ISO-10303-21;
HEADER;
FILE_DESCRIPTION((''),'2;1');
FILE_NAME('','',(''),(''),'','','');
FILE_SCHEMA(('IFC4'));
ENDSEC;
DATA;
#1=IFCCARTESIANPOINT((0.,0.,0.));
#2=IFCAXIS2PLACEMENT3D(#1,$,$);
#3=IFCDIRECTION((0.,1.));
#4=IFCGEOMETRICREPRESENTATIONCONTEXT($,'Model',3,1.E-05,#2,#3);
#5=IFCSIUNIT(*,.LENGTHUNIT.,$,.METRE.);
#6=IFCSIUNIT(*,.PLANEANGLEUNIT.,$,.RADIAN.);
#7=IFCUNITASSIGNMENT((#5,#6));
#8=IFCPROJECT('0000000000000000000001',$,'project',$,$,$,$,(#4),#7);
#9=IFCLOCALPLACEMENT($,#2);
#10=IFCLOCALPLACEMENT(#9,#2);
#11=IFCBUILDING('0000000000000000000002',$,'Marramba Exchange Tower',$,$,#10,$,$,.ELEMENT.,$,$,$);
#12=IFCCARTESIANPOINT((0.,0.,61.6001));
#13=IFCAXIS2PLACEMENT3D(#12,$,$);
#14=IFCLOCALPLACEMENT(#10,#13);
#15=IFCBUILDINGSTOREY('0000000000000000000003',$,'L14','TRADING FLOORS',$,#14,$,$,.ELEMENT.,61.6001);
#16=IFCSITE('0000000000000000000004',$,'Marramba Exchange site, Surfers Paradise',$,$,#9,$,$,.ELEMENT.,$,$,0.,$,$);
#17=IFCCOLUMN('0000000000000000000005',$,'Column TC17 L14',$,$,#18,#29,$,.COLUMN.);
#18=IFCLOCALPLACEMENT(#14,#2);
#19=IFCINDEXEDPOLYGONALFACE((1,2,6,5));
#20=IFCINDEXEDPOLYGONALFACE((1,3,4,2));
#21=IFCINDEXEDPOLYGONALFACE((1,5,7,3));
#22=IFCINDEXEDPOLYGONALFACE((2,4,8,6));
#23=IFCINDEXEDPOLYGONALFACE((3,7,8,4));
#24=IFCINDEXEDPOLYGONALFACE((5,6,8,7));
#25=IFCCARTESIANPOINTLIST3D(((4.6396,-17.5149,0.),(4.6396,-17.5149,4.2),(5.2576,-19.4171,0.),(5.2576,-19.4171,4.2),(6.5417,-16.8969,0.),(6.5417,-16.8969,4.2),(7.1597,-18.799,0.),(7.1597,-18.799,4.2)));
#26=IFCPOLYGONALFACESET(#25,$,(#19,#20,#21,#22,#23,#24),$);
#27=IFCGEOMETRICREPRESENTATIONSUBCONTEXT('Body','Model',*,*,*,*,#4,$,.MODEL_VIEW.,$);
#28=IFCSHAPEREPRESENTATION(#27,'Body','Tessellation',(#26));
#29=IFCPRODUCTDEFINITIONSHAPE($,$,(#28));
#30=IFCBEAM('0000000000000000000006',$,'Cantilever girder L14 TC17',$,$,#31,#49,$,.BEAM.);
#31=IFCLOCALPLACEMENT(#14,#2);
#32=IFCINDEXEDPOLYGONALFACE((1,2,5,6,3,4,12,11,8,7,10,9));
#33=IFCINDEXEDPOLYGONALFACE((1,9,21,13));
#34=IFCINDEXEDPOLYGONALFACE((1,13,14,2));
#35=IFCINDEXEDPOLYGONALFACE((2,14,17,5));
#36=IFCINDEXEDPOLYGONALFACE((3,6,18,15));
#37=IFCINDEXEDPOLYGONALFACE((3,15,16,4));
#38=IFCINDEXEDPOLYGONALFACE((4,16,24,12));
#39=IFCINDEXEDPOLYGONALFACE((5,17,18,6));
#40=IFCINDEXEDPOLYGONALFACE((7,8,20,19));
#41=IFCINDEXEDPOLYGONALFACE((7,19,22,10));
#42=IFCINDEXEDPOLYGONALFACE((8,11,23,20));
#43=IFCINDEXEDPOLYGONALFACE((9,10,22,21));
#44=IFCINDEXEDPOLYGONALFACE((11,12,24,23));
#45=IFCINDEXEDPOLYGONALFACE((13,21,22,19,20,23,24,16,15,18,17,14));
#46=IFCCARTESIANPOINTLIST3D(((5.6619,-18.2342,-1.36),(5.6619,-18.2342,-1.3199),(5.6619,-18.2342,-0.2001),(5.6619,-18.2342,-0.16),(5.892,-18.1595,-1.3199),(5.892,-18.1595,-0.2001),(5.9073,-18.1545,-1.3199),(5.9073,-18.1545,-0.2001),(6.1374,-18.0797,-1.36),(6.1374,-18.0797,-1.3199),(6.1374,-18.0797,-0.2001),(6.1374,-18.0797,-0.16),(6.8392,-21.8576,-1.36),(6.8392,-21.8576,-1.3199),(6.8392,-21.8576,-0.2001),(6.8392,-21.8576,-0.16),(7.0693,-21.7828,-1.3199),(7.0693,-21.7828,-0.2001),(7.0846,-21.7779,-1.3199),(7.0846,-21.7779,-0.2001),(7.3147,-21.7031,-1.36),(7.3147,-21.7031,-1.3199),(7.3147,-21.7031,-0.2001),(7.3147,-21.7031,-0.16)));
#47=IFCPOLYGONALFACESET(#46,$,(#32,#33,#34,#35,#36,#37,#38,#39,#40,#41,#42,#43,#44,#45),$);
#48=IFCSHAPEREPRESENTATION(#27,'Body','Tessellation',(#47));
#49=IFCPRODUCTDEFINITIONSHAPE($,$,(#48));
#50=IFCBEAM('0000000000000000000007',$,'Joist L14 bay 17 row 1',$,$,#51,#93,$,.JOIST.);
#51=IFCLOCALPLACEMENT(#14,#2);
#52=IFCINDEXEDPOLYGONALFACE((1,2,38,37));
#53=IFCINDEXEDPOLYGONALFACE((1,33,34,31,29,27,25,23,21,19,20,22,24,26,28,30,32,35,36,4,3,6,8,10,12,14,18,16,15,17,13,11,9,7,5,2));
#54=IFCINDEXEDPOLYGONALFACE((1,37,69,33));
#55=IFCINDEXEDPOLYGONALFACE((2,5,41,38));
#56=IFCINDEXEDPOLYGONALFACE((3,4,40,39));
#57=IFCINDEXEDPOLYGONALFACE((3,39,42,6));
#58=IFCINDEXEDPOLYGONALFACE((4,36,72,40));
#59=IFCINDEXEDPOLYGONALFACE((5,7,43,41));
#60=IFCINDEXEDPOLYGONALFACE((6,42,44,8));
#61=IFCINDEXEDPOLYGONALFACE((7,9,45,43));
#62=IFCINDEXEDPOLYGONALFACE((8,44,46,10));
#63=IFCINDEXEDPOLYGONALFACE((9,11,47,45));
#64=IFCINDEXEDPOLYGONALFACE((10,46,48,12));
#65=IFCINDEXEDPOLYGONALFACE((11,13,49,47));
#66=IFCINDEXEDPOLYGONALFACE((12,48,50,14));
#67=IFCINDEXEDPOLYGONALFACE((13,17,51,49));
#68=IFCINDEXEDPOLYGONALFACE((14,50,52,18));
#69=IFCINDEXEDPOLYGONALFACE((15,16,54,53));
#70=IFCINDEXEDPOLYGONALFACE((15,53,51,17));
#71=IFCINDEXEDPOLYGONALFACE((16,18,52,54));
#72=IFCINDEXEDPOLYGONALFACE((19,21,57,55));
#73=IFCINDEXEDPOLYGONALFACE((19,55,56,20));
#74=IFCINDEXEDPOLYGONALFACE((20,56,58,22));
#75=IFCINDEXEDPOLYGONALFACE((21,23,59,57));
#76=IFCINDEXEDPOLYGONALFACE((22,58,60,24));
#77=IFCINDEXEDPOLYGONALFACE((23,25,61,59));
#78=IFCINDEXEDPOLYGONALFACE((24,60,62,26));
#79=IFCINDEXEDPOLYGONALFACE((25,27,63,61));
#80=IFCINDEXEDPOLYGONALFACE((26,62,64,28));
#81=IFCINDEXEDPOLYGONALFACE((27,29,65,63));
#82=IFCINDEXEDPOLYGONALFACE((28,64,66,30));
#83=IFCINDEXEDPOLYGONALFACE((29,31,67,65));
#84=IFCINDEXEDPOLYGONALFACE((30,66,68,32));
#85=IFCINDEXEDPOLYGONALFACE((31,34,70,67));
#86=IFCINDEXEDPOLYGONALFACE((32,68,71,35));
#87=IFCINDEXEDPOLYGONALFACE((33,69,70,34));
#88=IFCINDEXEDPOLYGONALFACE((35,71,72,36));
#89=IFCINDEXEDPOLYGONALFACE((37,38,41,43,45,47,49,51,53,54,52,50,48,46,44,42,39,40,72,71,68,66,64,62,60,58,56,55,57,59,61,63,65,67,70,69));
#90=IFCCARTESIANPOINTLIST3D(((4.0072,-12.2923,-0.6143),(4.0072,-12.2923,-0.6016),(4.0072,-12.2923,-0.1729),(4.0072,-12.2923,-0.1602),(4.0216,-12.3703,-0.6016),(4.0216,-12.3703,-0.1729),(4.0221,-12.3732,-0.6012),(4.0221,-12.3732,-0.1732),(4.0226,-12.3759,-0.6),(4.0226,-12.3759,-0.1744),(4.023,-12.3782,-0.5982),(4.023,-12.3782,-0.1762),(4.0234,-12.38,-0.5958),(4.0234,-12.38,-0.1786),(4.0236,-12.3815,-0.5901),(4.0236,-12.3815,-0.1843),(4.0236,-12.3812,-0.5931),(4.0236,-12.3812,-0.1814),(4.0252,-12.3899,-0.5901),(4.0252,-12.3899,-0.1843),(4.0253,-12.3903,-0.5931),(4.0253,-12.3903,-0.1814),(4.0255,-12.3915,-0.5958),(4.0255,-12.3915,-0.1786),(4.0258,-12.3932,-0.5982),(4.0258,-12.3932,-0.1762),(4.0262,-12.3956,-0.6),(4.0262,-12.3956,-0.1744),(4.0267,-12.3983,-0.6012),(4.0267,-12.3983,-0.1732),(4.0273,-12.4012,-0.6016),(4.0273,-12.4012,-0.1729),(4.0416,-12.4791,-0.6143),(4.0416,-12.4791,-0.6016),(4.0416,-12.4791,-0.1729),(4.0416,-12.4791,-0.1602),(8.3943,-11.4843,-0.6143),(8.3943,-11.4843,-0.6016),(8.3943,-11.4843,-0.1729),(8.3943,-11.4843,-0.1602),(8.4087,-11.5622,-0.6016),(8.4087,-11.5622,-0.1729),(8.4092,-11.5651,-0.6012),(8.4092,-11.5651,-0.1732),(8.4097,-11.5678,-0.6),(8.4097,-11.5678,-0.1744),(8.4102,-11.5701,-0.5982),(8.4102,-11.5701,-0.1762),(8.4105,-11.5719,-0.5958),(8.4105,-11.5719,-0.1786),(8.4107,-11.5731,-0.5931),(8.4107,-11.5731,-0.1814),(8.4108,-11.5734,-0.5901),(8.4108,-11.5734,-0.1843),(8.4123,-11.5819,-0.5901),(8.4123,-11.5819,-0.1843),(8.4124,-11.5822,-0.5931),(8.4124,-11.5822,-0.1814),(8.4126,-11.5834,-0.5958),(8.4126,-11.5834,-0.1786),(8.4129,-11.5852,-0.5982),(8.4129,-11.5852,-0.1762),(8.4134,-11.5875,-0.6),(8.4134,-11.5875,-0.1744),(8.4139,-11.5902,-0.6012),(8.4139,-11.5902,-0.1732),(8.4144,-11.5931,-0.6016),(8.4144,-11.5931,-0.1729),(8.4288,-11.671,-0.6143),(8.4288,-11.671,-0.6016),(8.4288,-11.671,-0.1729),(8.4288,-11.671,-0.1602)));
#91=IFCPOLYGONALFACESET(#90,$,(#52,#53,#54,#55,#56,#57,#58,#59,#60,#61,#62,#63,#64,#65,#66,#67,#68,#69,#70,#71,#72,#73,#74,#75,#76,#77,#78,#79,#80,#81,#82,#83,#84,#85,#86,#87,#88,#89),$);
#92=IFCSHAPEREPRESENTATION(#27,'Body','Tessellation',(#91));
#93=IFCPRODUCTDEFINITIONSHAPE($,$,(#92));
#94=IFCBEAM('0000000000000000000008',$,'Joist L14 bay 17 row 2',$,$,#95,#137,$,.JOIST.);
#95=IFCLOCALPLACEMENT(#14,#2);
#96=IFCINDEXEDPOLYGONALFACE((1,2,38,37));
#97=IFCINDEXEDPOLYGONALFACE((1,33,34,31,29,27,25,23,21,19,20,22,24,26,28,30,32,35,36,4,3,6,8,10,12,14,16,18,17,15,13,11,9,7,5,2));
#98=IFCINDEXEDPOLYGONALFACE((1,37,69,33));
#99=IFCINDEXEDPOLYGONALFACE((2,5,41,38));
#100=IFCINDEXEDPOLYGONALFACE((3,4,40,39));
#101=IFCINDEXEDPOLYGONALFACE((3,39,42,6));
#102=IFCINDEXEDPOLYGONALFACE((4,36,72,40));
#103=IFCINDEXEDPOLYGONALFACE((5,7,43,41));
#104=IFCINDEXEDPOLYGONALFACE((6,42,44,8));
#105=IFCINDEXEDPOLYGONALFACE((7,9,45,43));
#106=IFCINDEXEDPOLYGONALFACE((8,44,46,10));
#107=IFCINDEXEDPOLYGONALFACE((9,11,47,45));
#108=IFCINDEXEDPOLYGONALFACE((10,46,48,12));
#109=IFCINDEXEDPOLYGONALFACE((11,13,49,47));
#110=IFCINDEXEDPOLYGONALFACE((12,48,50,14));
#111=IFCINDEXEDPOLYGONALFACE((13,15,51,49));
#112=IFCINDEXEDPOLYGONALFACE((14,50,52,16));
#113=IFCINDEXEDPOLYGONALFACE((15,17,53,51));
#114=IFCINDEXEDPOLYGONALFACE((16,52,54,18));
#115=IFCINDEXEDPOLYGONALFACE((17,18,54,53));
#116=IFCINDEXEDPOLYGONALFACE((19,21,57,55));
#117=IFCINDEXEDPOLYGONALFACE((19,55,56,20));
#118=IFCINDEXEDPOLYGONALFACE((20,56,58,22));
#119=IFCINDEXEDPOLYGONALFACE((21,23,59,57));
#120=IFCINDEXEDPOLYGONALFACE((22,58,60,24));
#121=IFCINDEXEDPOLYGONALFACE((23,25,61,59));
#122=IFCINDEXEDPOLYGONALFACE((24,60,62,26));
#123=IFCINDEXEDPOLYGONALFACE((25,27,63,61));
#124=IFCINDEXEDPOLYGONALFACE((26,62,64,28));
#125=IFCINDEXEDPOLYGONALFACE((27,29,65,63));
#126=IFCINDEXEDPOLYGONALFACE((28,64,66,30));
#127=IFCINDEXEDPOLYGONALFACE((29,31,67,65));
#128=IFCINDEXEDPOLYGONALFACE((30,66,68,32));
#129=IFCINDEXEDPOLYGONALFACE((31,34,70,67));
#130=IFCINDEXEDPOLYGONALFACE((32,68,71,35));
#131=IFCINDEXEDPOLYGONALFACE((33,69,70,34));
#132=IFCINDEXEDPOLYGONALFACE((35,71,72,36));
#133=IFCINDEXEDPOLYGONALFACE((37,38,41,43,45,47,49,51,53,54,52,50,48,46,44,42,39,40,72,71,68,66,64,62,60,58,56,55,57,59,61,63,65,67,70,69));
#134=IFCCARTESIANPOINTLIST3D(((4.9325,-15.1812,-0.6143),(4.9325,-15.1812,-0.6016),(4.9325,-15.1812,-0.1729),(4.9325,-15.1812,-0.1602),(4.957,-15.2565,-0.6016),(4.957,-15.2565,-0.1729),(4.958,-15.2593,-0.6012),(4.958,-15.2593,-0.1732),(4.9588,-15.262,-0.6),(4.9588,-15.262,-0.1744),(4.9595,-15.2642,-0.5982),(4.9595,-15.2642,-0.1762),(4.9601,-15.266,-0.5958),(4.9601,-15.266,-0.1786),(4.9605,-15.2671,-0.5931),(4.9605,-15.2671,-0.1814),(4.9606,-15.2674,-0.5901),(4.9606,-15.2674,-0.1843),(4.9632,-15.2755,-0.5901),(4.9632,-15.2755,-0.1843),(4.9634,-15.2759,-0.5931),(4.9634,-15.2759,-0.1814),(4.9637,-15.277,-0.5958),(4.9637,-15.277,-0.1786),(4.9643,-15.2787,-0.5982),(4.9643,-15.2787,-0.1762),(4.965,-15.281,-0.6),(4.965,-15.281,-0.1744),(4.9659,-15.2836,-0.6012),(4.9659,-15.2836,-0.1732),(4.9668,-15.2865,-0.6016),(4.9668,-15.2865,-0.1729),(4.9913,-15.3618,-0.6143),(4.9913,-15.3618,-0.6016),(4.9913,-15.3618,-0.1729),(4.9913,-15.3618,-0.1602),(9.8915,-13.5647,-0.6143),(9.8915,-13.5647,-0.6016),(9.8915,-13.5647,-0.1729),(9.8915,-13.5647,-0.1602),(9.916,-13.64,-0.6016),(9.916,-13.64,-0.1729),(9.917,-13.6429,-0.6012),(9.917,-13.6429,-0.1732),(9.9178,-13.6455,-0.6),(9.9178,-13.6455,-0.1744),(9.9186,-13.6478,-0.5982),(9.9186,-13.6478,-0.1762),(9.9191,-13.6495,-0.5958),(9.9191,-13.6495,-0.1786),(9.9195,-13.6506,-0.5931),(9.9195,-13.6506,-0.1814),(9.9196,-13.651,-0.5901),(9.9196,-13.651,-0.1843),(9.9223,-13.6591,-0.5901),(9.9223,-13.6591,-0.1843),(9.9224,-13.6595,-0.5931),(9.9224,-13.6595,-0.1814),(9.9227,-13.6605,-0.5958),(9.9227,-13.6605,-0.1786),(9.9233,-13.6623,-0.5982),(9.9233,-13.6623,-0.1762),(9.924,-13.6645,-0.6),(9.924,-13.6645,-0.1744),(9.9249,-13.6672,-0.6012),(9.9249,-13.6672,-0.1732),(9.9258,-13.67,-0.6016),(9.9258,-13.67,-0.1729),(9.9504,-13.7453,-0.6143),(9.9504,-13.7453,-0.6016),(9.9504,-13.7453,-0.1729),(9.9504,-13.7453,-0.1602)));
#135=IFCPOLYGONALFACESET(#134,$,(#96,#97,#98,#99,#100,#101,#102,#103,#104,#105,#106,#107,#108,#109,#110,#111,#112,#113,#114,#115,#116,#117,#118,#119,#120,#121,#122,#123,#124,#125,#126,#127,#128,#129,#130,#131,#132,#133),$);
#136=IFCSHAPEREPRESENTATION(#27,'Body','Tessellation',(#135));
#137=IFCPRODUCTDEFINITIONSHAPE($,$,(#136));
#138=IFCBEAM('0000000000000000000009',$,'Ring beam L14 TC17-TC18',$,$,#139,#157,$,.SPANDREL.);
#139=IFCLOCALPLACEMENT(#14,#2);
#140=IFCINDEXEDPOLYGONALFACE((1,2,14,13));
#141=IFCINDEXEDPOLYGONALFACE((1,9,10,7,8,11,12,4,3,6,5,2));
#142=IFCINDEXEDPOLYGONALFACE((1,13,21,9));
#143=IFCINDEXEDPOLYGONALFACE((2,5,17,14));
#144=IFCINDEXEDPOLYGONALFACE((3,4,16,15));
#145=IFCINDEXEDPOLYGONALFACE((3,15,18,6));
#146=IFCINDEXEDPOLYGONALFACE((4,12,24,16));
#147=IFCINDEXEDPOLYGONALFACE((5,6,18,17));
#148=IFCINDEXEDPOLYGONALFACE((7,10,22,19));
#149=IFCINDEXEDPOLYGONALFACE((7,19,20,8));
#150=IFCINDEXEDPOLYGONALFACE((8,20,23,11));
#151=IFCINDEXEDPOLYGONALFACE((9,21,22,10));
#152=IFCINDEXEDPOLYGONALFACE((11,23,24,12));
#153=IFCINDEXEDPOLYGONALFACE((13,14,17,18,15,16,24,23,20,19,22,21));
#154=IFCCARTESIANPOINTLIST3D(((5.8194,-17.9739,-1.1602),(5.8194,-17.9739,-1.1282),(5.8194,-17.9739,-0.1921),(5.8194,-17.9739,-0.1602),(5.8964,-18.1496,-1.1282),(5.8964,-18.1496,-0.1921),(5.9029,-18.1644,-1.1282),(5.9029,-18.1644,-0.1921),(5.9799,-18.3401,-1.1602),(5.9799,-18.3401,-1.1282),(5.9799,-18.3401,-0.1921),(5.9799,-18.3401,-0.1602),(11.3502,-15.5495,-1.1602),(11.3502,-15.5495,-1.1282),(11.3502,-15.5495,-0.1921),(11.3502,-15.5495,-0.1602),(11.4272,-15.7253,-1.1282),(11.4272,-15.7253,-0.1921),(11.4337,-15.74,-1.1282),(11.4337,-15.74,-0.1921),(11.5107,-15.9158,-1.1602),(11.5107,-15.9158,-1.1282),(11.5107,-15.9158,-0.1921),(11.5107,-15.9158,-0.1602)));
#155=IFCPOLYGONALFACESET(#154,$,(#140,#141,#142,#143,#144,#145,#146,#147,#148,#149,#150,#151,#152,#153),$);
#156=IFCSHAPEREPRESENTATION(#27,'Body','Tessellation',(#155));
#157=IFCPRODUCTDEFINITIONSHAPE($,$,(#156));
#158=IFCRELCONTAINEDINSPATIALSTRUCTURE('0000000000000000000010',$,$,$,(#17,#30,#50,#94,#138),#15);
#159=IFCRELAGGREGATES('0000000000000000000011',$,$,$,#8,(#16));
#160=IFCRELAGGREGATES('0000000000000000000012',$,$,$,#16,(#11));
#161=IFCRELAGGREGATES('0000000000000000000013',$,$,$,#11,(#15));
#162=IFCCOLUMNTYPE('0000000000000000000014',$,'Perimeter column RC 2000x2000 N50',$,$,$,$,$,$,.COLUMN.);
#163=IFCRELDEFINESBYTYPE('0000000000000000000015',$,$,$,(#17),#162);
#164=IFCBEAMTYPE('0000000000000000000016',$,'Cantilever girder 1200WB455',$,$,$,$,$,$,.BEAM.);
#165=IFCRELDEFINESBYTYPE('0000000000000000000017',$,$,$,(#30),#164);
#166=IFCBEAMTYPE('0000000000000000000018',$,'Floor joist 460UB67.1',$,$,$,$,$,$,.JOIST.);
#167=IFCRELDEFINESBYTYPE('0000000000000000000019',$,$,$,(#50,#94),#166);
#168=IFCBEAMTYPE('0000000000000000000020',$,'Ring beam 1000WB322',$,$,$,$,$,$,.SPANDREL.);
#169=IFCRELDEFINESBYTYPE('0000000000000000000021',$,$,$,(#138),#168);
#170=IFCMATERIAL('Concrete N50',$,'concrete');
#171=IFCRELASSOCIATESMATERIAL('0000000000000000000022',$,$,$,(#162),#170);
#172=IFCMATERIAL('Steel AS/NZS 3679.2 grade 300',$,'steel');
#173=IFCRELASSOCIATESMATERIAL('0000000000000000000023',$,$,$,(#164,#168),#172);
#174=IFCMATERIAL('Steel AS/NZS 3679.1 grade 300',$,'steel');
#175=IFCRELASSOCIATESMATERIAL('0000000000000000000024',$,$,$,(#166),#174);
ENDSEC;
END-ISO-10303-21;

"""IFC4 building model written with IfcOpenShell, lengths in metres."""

from ifc_helpers import new_model, si_unit, direction, frame, origin, origin_2d, place, context, subcontext, project, spatial, rectangle, i_section, extrude, material, material_profile, profile_set, type_object, element, save


model = new_model("IFC4")

# Units and contexts
model_context = context("Model", 3, precision=1e-05, world=origin(), true_north=direction((0.0, 1.0)))
body_context = subcontext(model_context, "Body", "Model", "MODEL_VIEW")
ifc_project = project(units=[si_unit("LENGTHUNIT", "METRE"), si_unit("PLANEANGLEUNIT", "RADIAN")], contexts=[model_context])

# Site, building, storey
site_placement = place(None, origin())
site = spatial("IfcSite", under=ifc_project, at=site_placement, Name="Marramba Exchange site, Surfers Paradise", CompositionType="ELEMENT", RefElevation=0.0)
building_placement = place(site_placement, origin())
building = spatial("IfcBuilding", under=site, at=building_placement, Name="Marramba Exchange Tower", CompositionType="ELEMENT")
storey_placement = place(building_placement, frame((0.0, 0.0, 61.6001)))
storey = spatial("IfcBuildingStorey", under=building, at=storey_placement, Name="L14", Description="TRADING FLOORS", CompositionType="ELEMENT", Elevation=61.6001)

# Column
ifc_material_1 = material(Name="Concrete N50", Category="concrete")
ifc_material_profile_1 = material_profile(ifc_material_1, rectangle(XDim=2.0, YDim=2.0, at=origin_2d()), Name="RC 2000x2000")
ifc_profile_set_1 = profile_set([ifc_material_profile_1], Name="Concrete N50")
column_type = type_object("IfcColumnType", Name="Perimeter column RC 2000x2000 N50", PredefinedType="COLUMN", material=ifc_profile_set_1)
column_placement = place(storey_placement, frame((5.8997, -18.157, 0.0), z_axis=(0.0, 0.0, 1.0), x_axis=(0.309017, -0.951057, 0.0)))
element("IfcColumn", 1, at=column_placement, inside=storey, type_object=column_type, Name="Column TC17 L14", PredefinedType="COLUMN", context=body_context, shape_type="SweptSolid", body=[
    extrude(rectangle(XDim=2.0, YDim=2.0, at=origin_2d()), origin(), (0.0, 0.0, 1.0), 4.2),
])

# Beams
ifc_material_2 = material(Name="Steel AS/NZS 3679.2 grade 300", Category="steel")
ifc_material_profile_2 = material_profile(ifc_material_2, i_section(OverallWidth=0.5, OverallDepth=1.2, WebThickness=0.0161, FlangeThickness=0.04, at=origin_2d()), Name="1200WB455")
ifc_profile_set_2 = profile_set([ifc_material_profile_2], Name="Steel AS/NZS 3679.2 grade 300")
beam_type_1 = type_object("IfcBeamType", Name="Cantilever girder 1200WB455", PredefinedType="BEAM", material=ifc_profile_set_2)
beam_1_placement = place(storey_placement, frame((5.8997, -18.157, -0.76), z_axis=(0.309009, -0.951059, 0.0), x_axis=(0.951059, 0.309009, 0.0)))
element("IfcBeam", 2, at=beam_1_placement, inside=storey, type_object=beam_type_1, Name="Cantilever girder L14 TC17", PredefinedType="BEAM", context=body_context, shape_type="SweptSolid", body=[
    extrude(i_section(OverallWidth=0.5, OverallDepth=1.2, WebThickness=0.0161, FlangeThickness=0.04, at=origin_2d()), origin(), (0.0, 0.0, 1.0), 3.8098),
])
ifc_material_3 = material(Name="Steel AS/NZS 3679.1 grade 300", Category="steel")
ifc_material_profile_3 = material_profile(ifc_material_3, i_section(OverallWidth=0.1899, OverallDepth=0.4541, WebThickness=0.0085, FlangeThickness=0.0127, FilletRadius=0.0115, at=origin_2d()), Name="460UB67.1")
ifc_profile_set_3 = profile_set([ifc_material_profile_3], Name="Steel AS/NZS 3679.1 grade 300")
beam_type_2 = type_object("IfcBeamType", Name="Floor joist 460UB67.1", PredefinedType="JOIST", material=ifc_profile_set_3)
beam_2_placement = place(storey_placement, frame((4.0244, -12.3857, -0.3872), z_axis=(0.983456, 0.181149, 0.0), x_axis=(-0.181149, 0.983456, 0.0)))
element("IfcBeam", 3, at=beam_2_placement, inside=storey, type_object=beam_type_2, Name="Joist L14 bay 17 row 1", PredefinedType="JOIST", context=body_context, shape_type="SweptSolid", body=[
    extrude(i_section(OverallWidth=0.1899, OverallDepth=0.4541, WebThickness=0.0085, FlangeThickness=0.0127, FilletRadius=0.0115, at=origin_2d()), origin(), (0.0, 0.0, 1.0), 4.4609),
])
beam_3_placement = place(storey_placement, frame((4.9619, -15.2715, -0.3872), z_axis=(0.950764, 0.309916, 0.0), x_axis=(-0.309916, 0.950764, 0.0)))
element("IfcBeam", 4, at=beam_3_placement, inside=storey, type_object=beam_type_2, Name="Joist L14 bay 17 row 2", PredefinedType="JOIST", context=body_context, shape_type="SweptSolid", body=[
    extrude(i_section(OverallWidth=0.1899, OverallDepth=0.4541, WebThickness=0.0085, FlangeThickness=0.0127, FilletRadius=0.0115, at=origin_2d()), origin(), (0.0, 0.0, 1.0), 5.2158),
])
ifc_material_profile_4 = material_profile(ifc_material_2, i_section(OverallWidth=0.3999, OverallDepth=1.0, WebThickness=0.0161, FlangeThickness=0.032, at=origin_2d()), Name="1000WB322")
ifc_profile_set_4 = profile_set([ifc_material_profile_4], Name="Steel AS/NZS 3679.2 grade 300")
beam_type_3 = type_object("IfcBeamType", Name="Ring beam 1000WB322", PredefinedType="SPANDREL", material=ifc_profile_set_4)
beam_4_placement = place(storey_placement, frame((5.8997, -18.157, -0.6602), z_axis=(0.915877, 0.401459, 0.0), x_axis=(-0.401459, 0.915877, 0.0)))
element("IfcBeam", 5, at=beam_4_placement, inside=storey, type_object=beam_type_3, Name="Ring beam L14 TC17-TC18", PredefinedType="SPANDREL", context=body_context, shape_type="SweptSolid", body=[
    extrude(i_section(OverallWidth=0.3999, OverallDepth=1.0, WebThickness=0.0161, FlangeThickness=0.032, at=origin_2d()), origin(), (0.0, 0.0, 1.0), 6.0388),
])

save(model, "model.ifc")
